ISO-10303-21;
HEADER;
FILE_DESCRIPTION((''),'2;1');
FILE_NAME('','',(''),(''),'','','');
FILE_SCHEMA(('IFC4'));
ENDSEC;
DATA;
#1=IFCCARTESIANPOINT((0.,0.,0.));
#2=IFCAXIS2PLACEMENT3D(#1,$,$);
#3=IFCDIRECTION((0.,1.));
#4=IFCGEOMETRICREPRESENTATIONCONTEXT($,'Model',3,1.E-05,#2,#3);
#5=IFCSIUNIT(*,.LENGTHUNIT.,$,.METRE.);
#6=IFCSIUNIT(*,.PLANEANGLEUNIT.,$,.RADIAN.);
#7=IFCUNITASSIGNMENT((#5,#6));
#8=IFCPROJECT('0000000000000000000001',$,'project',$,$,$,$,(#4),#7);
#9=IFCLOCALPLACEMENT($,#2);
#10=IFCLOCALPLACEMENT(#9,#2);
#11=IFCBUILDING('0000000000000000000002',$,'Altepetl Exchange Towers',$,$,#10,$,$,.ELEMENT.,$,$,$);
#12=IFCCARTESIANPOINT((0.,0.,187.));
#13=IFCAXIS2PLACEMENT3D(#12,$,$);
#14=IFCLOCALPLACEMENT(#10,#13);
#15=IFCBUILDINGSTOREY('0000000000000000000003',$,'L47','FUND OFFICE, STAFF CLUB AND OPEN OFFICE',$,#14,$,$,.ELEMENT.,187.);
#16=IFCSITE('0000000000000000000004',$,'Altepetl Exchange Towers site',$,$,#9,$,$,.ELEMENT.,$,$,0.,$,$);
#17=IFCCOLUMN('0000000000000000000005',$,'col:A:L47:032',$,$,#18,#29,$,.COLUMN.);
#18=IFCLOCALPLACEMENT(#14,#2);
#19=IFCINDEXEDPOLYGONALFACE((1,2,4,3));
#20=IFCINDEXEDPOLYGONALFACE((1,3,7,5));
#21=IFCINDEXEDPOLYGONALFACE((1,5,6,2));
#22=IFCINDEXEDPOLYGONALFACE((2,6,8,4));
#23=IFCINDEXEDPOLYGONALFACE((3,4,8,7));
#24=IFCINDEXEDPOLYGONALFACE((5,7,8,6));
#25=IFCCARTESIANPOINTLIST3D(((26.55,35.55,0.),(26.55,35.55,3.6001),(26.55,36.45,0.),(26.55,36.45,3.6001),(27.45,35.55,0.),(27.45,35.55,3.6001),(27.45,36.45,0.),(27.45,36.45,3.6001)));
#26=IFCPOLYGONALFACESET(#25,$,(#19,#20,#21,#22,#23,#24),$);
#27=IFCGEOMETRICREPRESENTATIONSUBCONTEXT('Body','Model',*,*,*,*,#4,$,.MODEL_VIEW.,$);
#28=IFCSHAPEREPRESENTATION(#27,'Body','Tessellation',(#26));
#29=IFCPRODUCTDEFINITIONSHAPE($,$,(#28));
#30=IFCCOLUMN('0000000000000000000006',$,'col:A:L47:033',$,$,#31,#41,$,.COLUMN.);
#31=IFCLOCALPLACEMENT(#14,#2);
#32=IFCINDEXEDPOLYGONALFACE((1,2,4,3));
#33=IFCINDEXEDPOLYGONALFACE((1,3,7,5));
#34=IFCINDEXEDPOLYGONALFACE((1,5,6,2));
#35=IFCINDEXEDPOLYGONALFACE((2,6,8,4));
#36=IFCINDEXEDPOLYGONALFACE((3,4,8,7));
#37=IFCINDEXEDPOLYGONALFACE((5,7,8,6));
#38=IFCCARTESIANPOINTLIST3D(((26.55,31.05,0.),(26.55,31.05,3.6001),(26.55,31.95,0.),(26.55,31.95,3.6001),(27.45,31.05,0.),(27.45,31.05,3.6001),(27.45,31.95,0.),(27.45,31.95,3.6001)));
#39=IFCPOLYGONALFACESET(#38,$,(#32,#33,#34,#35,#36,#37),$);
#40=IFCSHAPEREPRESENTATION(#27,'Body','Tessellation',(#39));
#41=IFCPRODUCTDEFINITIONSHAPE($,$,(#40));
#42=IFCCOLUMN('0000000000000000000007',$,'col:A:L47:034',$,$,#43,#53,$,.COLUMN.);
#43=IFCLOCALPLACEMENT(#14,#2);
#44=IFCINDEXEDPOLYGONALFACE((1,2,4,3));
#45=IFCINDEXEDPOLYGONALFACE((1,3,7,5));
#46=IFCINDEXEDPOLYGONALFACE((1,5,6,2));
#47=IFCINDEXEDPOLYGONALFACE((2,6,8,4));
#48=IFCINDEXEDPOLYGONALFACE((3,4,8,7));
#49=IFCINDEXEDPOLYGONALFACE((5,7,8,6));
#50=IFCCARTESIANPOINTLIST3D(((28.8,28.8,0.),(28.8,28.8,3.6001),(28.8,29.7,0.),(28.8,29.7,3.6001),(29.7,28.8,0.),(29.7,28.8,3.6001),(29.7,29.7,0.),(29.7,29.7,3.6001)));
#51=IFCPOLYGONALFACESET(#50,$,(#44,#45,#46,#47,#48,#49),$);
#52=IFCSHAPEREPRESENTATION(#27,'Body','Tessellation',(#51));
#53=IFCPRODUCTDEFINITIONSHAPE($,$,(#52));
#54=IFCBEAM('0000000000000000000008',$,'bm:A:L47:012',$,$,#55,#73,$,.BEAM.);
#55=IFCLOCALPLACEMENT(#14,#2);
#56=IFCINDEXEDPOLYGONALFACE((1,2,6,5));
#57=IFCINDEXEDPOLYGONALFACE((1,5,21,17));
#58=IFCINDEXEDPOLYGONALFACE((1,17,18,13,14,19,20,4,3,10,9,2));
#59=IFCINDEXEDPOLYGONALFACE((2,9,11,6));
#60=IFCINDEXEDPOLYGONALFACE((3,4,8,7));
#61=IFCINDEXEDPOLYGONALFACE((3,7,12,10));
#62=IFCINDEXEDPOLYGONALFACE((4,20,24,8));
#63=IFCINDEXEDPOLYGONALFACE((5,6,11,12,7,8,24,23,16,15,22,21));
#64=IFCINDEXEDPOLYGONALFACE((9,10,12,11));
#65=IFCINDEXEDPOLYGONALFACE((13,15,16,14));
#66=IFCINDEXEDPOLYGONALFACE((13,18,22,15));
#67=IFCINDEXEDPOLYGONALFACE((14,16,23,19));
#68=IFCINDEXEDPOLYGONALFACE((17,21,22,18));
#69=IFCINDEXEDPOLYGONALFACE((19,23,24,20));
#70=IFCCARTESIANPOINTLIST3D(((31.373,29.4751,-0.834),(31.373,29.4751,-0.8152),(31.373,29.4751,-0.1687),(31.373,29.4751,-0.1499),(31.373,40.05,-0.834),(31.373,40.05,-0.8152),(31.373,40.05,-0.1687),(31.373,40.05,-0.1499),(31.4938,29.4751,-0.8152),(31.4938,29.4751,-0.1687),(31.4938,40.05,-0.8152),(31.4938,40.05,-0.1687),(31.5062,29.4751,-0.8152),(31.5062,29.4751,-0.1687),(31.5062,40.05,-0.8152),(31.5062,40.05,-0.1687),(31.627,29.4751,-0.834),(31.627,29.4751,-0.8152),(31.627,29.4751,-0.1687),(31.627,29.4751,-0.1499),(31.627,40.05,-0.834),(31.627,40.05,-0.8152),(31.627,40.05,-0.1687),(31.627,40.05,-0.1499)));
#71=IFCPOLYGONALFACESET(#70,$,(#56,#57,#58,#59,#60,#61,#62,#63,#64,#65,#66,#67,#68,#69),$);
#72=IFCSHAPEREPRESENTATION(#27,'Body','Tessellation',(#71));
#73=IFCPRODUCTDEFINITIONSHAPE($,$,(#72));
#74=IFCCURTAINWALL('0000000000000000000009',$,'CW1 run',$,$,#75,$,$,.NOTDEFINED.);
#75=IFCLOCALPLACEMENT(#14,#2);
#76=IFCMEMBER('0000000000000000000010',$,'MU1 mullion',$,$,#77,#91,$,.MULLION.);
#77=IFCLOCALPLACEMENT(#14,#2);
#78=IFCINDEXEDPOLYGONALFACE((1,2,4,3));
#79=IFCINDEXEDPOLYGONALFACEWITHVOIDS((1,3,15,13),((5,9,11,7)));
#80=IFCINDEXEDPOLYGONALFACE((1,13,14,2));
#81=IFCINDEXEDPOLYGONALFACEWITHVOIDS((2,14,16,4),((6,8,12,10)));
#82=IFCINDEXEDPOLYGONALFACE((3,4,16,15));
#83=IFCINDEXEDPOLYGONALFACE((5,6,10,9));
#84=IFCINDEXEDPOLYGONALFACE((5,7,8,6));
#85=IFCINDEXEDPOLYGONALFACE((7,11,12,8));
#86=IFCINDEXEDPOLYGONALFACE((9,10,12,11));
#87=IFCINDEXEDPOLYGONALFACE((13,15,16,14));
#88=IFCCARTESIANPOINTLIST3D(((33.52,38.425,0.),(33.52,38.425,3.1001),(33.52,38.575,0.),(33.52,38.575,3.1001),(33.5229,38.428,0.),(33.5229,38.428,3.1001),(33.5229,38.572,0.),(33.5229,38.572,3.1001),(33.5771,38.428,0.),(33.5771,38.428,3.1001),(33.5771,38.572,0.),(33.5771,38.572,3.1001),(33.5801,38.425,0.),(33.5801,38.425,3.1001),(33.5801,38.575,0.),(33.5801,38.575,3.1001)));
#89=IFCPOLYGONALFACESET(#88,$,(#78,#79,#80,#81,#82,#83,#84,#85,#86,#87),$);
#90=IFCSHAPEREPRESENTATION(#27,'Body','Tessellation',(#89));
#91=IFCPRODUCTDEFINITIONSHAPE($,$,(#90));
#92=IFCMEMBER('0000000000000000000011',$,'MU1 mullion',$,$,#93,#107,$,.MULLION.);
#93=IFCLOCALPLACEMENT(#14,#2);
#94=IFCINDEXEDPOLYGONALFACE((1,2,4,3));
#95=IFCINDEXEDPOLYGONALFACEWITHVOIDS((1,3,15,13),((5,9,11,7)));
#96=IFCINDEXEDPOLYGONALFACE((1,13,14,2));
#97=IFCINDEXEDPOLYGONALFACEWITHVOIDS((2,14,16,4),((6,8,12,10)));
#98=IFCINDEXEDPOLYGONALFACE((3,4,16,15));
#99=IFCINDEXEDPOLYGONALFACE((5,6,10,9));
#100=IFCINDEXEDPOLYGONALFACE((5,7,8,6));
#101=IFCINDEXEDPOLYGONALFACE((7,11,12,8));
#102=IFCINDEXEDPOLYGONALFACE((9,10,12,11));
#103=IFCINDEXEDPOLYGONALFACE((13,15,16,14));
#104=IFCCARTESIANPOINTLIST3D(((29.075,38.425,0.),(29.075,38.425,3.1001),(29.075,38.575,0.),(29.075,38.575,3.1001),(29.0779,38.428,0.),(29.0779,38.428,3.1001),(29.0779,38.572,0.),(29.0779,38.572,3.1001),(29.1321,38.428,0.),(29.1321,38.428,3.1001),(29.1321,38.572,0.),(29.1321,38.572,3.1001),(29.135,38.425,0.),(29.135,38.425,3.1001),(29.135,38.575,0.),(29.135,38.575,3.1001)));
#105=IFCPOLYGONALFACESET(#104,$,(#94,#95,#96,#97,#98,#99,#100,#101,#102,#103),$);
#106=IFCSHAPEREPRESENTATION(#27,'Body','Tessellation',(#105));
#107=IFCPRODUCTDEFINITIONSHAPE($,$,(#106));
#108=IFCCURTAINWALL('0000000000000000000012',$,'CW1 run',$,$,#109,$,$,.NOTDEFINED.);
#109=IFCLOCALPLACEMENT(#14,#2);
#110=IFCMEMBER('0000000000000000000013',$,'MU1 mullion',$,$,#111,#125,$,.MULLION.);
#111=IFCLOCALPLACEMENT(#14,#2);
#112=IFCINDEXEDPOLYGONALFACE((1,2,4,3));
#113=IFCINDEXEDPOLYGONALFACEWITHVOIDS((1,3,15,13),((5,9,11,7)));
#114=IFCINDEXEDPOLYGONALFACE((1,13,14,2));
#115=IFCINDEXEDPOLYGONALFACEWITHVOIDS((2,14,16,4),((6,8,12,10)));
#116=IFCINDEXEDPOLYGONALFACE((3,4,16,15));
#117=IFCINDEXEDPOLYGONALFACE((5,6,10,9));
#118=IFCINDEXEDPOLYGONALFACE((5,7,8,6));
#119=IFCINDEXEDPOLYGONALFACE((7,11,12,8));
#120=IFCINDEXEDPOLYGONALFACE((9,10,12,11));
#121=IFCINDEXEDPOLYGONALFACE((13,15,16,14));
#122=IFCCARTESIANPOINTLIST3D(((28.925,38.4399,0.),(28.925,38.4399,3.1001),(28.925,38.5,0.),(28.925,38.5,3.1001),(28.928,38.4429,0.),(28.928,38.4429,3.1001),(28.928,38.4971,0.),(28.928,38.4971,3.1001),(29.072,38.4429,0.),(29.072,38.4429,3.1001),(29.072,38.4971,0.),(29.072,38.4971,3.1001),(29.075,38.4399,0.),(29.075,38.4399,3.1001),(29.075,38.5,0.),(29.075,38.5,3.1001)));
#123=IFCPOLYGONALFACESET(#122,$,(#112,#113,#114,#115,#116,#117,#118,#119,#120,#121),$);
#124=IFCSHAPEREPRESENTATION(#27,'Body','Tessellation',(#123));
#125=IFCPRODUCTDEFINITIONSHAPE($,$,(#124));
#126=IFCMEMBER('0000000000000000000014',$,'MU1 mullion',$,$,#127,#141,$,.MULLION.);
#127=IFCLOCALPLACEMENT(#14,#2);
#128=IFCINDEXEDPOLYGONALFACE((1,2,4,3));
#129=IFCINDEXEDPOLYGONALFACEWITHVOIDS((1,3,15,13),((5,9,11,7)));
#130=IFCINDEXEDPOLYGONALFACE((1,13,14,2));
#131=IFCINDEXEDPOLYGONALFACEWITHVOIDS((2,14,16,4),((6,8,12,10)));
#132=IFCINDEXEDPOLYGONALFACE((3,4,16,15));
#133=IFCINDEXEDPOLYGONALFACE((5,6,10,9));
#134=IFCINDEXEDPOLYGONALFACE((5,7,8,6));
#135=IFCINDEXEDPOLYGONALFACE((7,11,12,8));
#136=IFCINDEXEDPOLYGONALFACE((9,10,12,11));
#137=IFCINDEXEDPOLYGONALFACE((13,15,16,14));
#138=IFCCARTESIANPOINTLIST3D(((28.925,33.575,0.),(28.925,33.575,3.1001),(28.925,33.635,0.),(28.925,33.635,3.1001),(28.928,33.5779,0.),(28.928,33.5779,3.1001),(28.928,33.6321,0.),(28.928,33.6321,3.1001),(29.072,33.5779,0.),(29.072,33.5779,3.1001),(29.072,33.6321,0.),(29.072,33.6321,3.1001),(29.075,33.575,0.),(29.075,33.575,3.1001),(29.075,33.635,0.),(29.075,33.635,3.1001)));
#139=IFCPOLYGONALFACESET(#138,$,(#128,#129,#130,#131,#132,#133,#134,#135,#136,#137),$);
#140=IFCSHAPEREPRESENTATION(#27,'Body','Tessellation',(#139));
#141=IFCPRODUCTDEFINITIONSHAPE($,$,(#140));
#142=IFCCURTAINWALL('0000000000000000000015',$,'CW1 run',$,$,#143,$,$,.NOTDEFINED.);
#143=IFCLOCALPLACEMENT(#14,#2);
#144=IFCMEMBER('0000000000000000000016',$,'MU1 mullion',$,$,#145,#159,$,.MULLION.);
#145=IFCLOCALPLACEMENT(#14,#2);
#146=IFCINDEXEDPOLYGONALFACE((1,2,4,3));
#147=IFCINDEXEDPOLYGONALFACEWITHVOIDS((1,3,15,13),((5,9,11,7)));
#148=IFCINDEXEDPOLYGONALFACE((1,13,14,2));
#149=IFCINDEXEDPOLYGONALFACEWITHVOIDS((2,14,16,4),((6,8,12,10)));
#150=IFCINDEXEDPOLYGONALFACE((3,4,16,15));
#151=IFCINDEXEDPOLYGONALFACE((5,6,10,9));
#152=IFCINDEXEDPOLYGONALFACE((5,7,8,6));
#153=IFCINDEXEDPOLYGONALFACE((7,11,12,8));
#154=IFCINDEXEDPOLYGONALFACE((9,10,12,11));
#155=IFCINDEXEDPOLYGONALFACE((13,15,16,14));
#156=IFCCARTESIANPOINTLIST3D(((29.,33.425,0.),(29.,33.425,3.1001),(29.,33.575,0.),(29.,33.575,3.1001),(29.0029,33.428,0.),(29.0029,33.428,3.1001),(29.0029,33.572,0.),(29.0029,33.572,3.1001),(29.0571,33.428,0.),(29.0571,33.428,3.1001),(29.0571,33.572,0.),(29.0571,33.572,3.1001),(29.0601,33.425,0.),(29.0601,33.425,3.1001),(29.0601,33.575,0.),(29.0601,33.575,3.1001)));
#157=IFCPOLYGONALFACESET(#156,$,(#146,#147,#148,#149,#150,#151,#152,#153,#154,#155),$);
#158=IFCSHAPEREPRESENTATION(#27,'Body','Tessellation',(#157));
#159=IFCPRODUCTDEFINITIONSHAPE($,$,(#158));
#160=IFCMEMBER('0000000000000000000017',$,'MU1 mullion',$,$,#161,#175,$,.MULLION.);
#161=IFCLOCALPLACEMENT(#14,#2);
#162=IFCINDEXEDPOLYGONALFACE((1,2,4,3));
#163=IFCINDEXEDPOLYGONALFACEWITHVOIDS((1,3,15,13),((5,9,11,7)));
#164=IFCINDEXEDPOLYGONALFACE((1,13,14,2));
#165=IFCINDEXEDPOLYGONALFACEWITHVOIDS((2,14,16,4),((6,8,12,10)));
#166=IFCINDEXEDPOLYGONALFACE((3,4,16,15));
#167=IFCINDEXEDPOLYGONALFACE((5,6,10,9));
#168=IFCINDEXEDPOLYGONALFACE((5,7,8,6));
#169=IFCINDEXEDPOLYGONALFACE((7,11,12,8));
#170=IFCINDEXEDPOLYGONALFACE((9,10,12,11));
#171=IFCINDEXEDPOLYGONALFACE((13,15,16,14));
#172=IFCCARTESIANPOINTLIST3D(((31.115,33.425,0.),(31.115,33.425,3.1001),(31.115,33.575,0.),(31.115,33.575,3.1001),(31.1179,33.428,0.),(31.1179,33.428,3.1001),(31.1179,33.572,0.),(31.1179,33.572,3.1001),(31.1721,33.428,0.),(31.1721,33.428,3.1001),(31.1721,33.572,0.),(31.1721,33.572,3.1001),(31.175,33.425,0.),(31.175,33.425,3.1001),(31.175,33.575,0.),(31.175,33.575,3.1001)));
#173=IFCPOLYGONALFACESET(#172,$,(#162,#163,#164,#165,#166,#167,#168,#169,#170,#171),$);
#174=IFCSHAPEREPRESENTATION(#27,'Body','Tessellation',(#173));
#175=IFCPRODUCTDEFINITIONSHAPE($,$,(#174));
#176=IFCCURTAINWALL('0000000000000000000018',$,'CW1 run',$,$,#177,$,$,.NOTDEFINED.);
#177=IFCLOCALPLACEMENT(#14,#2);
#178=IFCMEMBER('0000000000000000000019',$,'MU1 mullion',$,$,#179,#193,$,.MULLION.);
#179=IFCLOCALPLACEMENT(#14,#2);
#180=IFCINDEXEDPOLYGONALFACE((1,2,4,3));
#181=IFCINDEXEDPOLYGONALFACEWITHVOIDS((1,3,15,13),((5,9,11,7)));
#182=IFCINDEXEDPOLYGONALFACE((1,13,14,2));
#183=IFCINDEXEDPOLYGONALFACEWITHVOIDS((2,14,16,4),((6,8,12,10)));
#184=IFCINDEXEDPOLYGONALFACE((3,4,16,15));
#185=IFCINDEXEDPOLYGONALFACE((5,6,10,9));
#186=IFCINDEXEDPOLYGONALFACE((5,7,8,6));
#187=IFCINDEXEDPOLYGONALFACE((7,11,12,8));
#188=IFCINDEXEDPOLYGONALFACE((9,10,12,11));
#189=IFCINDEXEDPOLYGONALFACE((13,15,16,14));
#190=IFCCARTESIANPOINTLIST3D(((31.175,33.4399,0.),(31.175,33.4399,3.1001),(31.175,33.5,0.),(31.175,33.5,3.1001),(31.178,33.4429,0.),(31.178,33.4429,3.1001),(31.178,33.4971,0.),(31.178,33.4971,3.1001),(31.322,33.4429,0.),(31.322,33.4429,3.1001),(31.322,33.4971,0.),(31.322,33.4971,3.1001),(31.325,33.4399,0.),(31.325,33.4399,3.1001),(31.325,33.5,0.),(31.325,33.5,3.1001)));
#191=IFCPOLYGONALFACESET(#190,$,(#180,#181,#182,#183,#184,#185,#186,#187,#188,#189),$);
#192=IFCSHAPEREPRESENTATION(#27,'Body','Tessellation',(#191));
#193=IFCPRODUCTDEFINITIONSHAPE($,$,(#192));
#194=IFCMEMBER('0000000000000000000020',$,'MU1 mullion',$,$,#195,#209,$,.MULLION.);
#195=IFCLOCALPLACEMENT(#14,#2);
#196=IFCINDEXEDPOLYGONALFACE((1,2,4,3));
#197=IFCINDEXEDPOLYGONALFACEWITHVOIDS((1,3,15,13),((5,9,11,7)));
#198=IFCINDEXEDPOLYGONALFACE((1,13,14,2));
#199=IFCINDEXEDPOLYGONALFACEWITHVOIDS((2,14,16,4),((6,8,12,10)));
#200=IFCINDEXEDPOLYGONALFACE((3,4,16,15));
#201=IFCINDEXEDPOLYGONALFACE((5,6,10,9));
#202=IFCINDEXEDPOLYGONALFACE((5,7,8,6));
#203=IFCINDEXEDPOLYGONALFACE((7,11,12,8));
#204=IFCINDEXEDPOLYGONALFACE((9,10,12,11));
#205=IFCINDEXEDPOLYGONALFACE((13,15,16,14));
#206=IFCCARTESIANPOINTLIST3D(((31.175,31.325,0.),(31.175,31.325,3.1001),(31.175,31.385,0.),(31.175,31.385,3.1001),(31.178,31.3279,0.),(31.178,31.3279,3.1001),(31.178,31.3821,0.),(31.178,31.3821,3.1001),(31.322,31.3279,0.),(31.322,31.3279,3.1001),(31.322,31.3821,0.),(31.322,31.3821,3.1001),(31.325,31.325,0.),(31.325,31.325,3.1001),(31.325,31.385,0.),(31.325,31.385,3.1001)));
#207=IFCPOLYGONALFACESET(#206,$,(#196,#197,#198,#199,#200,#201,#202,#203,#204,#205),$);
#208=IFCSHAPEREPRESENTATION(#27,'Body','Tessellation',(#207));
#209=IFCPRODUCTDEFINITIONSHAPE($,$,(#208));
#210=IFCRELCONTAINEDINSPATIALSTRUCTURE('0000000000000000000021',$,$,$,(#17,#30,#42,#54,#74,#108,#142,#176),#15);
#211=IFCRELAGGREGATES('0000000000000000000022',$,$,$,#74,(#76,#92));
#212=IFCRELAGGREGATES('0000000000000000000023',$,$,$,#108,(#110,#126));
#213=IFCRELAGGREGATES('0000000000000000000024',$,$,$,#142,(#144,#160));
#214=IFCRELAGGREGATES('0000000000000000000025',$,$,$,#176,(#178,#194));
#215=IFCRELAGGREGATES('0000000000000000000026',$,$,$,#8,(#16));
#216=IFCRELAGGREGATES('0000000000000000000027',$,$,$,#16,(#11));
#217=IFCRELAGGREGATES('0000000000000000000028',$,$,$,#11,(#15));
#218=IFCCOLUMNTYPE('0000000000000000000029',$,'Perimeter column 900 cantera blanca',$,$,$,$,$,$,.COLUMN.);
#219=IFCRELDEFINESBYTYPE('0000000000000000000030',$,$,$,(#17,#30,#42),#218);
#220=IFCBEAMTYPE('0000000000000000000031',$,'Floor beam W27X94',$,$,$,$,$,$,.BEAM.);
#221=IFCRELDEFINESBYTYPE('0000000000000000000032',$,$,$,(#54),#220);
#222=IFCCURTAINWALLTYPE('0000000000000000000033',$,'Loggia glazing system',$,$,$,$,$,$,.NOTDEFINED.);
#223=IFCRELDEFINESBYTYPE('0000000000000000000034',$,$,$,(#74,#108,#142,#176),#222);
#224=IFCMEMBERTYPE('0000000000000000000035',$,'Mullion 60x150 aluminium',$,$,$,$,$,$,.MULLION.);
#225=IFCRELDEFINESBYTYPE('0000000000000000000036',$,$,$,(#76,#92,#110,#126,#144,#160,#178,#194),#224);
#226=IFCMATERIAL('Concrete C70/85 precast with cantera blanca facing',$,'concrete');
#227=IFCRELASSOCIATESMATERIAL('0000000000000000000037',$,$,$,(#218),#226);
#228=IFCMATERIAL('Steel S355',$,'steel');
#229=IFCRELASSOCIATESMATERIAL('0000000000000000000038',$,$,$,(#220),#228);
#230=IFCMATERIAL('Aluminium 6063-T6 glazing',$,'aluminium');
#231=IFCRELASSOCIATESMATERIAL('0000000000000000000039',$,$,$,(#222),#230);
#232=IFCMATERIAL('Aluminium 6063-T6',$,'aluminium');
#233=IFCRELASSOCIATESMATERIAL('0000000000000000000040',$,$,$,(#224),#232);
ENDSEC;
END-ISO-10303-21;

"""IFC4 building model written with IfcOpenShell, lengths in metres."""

from ifc_helpers import new_model, si_unit, direction, frame, origin, origin_2d, place, context, subcontext, project, spatial, rectangle, hollow_rectangle, i_section, extrude, material, material_profile, profile_set, type_object, element, aggregate, save


model = new_model("IFC4")

# Units and contexts
model_context = context("Model", 3, precision=1e-05, world=origin(), true_north=direction((0.0, 1.0)))
body_context = subcontext(model_context, "Body", "Model", "MODEL_VIEW")
ifc_project = project(units=[si_unit("LENGTHUNIT", "METRE"), si_unit("PLANEANGLEUNIT", "RADIAN")], contexts=[model_context])

# Site, building, storey
site_placement = place(None, origin())
site = spatial("IfcSite", under=ifc_project, at=site_placement, Name="Altepetl Exchange Towers site", CompositionType="ELEMENT", RefElevation=0.0)
building_placement = place(site_placement, origin())
building = spatial("IfcBuilding", under=site, at=building_placement, Name="Altepetl Exchange Towers", CompositionType="ELEMENT")
storey_placement = place(building_placement, frame((0.0, 0.0, 187.0)))
storey = spatial("IfcBuildingStorey", under=building, at=storey_placement, Name="L47", Description="FUND OFFICE, STAFF CLUB AND OPEN OFFICE", CompositionType="ELEMENT", Elevation=187.0)

# Columns
ifc_material_1 = material(Name="Concrete C70/85 precast with cantera blanca facing", Category="concrete")
ifc_material_profile_1 = material_profile(ifc_material_1, rectangle(XDim=0.8999, YDim=0.8999, at=origin_2d()), Name="900 x 900")
ifc_profile_set_1 = profile_set([ifc_material_profile_1], Name="Concrete C70/85 precast with cantera blanca facing")
column_type = type_object("IfcColumnType", Name="Perimeter column 900 cantera blanca", PredefinedType="COLUMN", material=ifc_profile_set_1)
for number, where, name in (
    (1, (27.0, 36.0, 0.0), "col:A:L47:032"),
    (2, (27.0, 31.5, 0.0), "col:A:L47:033"),
    (3, (29.25, 29.25, 0.0), "col:A:L47:034"),
):
    element("IfcColumn", number, at=place(storey_placement, frame(where)), inside=storey, type_object=column_type, Name=name, PredefinedType="COLUMN", context=body_context, shape_type="SweptSolid", body=[
        extrude(rectangle(XDim=0.8999, YDim=0.8999, at=origin_2d()), origin(), (0.0, 0.0, 1.0), 3.6001),
    ])

# Beam
ifc_material_2 = material(Name="Steel S355", Category="steel")
ifc_material_profile_2 = material_profile(ifc_material_2, i_section(OverallWidth=0.2539, OverallDepth=0.6841, WebThickness=0.0125, FlangeThickness=0.0188, at=origin_2d()), Name="W27X94")
ifc_profile_set_2 = profile_set([ifc_material_profile_2], Name="Steel S355")
beam_type_1 = type_object("IfcBeamType", Name="Floor beam W27X94", PredefinedType="BEAM", material=ifc_profile_set_2)
beam_1_placement = place(storey_placement, frame((31.5, 29.4751, -0.4919), z_axis=(0.0, 1.0, 0.0), x_axis=(-1.0, 0.0, 0.0)))
element("IfcBeam", 4, at=beam_1_placement, inside=storey, type_object=beam_type_1, Name="bm:A:L47:012", PredefinedType="BEAM", context=body_context, shape_type="SweptSolid", body=[
    extrude(i_section(OverallWidth=0.2539, OverallDepth=0.6841, WebThickness=0.0125, FlangeThickness=0.0188, at=origin_2d()), origin(), (0.0, 0.0, 1.0), 10.575),
])

# Curtain walls, members
ifc_material_3 = material(Name="Aluminium 6063-T6 glazing", Category="aluminium")
curtain_wall_type = type_object("IfcCurtainWallType", Name="Loggia glazing system", PredefinedType="NOTDEFINED", material=ifc_material_3)
curtain_wall_1_placement = place(storey_placement, origin())
curtain_wall_1 = element("IfcCurtainWall", 5, at=curtain_wall_1_placement, inside=storey, type_object=curtain_wall_type, Name="CW1 run", PredefinedType="NOTDEFINED")
ifc_material_4 = material(Name="Aluminium 6063-T6", Category="aluminium")
ifc_material_profile_3 = material_profile(ifc_material_4, hollow_rectangle(XDim=0.0601, YDim=0.1499, WallThickness=0.0029, at=origin_2d()), Name="Mullion 60x150 aluminium")
ifc_profile_set_3 = profile_set([ifc_material_profile_3], Name="Aluminium 6063-T6")
member_type = type_object("IfcMemberType", Name="Mullion 60x150 aluminium", PredefinedType="MULLION", material=ifc_profile_set_3)
member_1_placement = place(storey_placement, frame((33.55, 38.5, 0.0), z_axis=(0.0, 0.0, 1.0), x_axis=(-1.0, 0.0, 0.0)))
member_1 = element("IfcMember", 6, at=member_1_placement, type_object=member_type, Name="MU1 mullion", PredefinedType="MULLION", context=body_context, shape_type="SweptSolid", body=[
    extrude(hollow_rectangle(XDim=0.0601, YDim=0.1499, WallThickness=0.0029, at=origin_2d()), origin(), (0.0, 0.0, 1.0), 3.1001),
])
member_2_placement = place(storey_placement, frame((29.105, 38.5, 0.0), z_axis=(0.0, 0.0, 1.0), x_axis=(-1.0, 0.0, 0.0)))
member_2 = element("IfcMember", 7, at=member_2_placement, type_object=member_type, Name="MU1 mullion", PredefinedType="MULLION", context=body_context, shape_type="SweptSolid", body=[
    extrude(hollow_rectangle(XDim=0.0601, YDim=0.1499, WallThickness=0.0029, at=origin_2d()), origin(), (0.0, 0.0, 1.0), 3.1001),
])
curtain_wall_2_placement = place(storey_placement, origin())
curtain_wall_2 = element("IfcCurtainWall", 8, at=curtain_wall_2_placement, inside=storey, type_object=curtain_wall_type, Name="CW1 run", PredefinedType="NOTDEFINED")
member_3_placement = place(storey_placement, frame((29.0, 38.47, 0.0), z_axis=(0.0, 0.0, 1.0), x_axis=(0.0, -1.0, 0.0)))
member_3 = element("IfcMember", 9, at=member_3_placement, type_object=member_type, Name="MU1 mullion", PredefinedType="MULLION", context=body_context, shape_type="SweptSolid", body=[
    extrude(hollow_rectangle(XDim=0.0601, YDim=0.1499, WallThickness=0.0029, at=origin_2d()), origin(), (0.0, 0.0, 1.0), 3.1001),
])
member_4_placement = place(storey_placement, frame((29.0, 33.605, 0.0), z_axis=(0.0, 0.0, 1.0), x_axis=(0.0, -1.0, 0.0)))
member_4 = element("IfcMember", 10, at=member_4_placement, type_object=member_type, Name="MU1 mullion", PredefinedType="MULLION", context=body_context, shape_type="SweptSolid", body=[
    extrude(hollow_rectangle(XDim=0.0601, YDim=0.1499, WallThickness=0.0029, at=origin_2d()), origin(), (0.0, 0.0, 1.0), 3.1001),
])
curtain_wall_3_placement = place(storey_placement, origin())
curtain_wall_3 = element("IfcCurtainWall", 11, at=curtain_wall_3_placement, inside=storey, type_object=curtain_wall_type, Name="CW1 run", PredefinedType="NOTDEFINED")
member_5_placement = place(storey_placement, frame((29.03, 33.5, 0.0)))
member_5 = element("IfcMember", 12, at=member_5_placement, type_object=member_type, Name="MU1 mullion", PredefinedType="MULLION", context=body_context, shape_type="SweptSolid", body=[
    extrude(hollow_rectangle(XDim=0.0601, YDim=0.1499, WallThickness=0.0029, at=origin_2d()), origin(), (0.0, 0.0, 1.0), 3.1001),
])
member_6_placement = place(storey_placement, frame((31.145, 33.5, 0.0)))
member_6 = element("IfcMember", 13, at=member_6_placement, type_object=member_type, Name="MU1 mullion", PredefinedType="MULLION", context=body_context, shape_type="SweptSolid", body=[
    extrude(hollow_rectangle(XDim=0.0601, YDim=0.1499, WallThickness=0.0029, at=origin_2d()), origin(), (0.0, 0.0, 1.0), 3.1001),
])
curtain_wall_4_placement = place(storey_placement, origin())
curtain_wall_4 = element("IfcCurtainWall", 14, at=curtain_wall_4_placement, inside=storey, type_object=curtain_wall_type, Name="CW1 run", PredefinedType="NOTDEFINED")
member_7_placement = place(storey_placement, frame((31.25, 33.47, 0.0), z_axis=(0.0, 0.0, 1.0), x_axis=(0.0, -1.0, 0.0)))
member_7 = element("IfcMember", 15, at=member_7_placement, type_object=member_type, Name="MU1 mullion", PredefinedType="MULLION", context=body_context, shape_type="SweptSolid", body=[
    extrude(hollow_rectangle(XDim=0.0601, YDim=0.1499, WallThickness=0.0029, at=origin_2d()), origin(), (0.0, 0.0, 1.0), 3.1001),
])
member_8_placement = place(storey_placement, frame((31.25, 31.355, 0.0), z_axis=(0.0, 0.0, 1.0), x_axis=(0.0, -1.0, 0.0)))
member_8 = element("IfcMember", 16, at=member_8_placement, type_object=member_type, Name="MU1 mullion", PredefinedType="MULLION", context=body_context, shape_type="SweptSolid", body=[
    extrude(hollow_rectangle(XDim=0.0601, YDim=0.1499, WallThickness=0.0029, at=origin_2d()), origin(), (0.0, 0.0, 1.0), 3.1001),
])

aggregate(curtain_wall_1, [member_1, member_2])
aggregate(curtain_wall_2, [member_3, member_4])
aggregate(curtain_wall_3, [member_5, member_6])
aggregate(curtain_wall_4, [member_7, member_8])

save(model, "model.ifc")
